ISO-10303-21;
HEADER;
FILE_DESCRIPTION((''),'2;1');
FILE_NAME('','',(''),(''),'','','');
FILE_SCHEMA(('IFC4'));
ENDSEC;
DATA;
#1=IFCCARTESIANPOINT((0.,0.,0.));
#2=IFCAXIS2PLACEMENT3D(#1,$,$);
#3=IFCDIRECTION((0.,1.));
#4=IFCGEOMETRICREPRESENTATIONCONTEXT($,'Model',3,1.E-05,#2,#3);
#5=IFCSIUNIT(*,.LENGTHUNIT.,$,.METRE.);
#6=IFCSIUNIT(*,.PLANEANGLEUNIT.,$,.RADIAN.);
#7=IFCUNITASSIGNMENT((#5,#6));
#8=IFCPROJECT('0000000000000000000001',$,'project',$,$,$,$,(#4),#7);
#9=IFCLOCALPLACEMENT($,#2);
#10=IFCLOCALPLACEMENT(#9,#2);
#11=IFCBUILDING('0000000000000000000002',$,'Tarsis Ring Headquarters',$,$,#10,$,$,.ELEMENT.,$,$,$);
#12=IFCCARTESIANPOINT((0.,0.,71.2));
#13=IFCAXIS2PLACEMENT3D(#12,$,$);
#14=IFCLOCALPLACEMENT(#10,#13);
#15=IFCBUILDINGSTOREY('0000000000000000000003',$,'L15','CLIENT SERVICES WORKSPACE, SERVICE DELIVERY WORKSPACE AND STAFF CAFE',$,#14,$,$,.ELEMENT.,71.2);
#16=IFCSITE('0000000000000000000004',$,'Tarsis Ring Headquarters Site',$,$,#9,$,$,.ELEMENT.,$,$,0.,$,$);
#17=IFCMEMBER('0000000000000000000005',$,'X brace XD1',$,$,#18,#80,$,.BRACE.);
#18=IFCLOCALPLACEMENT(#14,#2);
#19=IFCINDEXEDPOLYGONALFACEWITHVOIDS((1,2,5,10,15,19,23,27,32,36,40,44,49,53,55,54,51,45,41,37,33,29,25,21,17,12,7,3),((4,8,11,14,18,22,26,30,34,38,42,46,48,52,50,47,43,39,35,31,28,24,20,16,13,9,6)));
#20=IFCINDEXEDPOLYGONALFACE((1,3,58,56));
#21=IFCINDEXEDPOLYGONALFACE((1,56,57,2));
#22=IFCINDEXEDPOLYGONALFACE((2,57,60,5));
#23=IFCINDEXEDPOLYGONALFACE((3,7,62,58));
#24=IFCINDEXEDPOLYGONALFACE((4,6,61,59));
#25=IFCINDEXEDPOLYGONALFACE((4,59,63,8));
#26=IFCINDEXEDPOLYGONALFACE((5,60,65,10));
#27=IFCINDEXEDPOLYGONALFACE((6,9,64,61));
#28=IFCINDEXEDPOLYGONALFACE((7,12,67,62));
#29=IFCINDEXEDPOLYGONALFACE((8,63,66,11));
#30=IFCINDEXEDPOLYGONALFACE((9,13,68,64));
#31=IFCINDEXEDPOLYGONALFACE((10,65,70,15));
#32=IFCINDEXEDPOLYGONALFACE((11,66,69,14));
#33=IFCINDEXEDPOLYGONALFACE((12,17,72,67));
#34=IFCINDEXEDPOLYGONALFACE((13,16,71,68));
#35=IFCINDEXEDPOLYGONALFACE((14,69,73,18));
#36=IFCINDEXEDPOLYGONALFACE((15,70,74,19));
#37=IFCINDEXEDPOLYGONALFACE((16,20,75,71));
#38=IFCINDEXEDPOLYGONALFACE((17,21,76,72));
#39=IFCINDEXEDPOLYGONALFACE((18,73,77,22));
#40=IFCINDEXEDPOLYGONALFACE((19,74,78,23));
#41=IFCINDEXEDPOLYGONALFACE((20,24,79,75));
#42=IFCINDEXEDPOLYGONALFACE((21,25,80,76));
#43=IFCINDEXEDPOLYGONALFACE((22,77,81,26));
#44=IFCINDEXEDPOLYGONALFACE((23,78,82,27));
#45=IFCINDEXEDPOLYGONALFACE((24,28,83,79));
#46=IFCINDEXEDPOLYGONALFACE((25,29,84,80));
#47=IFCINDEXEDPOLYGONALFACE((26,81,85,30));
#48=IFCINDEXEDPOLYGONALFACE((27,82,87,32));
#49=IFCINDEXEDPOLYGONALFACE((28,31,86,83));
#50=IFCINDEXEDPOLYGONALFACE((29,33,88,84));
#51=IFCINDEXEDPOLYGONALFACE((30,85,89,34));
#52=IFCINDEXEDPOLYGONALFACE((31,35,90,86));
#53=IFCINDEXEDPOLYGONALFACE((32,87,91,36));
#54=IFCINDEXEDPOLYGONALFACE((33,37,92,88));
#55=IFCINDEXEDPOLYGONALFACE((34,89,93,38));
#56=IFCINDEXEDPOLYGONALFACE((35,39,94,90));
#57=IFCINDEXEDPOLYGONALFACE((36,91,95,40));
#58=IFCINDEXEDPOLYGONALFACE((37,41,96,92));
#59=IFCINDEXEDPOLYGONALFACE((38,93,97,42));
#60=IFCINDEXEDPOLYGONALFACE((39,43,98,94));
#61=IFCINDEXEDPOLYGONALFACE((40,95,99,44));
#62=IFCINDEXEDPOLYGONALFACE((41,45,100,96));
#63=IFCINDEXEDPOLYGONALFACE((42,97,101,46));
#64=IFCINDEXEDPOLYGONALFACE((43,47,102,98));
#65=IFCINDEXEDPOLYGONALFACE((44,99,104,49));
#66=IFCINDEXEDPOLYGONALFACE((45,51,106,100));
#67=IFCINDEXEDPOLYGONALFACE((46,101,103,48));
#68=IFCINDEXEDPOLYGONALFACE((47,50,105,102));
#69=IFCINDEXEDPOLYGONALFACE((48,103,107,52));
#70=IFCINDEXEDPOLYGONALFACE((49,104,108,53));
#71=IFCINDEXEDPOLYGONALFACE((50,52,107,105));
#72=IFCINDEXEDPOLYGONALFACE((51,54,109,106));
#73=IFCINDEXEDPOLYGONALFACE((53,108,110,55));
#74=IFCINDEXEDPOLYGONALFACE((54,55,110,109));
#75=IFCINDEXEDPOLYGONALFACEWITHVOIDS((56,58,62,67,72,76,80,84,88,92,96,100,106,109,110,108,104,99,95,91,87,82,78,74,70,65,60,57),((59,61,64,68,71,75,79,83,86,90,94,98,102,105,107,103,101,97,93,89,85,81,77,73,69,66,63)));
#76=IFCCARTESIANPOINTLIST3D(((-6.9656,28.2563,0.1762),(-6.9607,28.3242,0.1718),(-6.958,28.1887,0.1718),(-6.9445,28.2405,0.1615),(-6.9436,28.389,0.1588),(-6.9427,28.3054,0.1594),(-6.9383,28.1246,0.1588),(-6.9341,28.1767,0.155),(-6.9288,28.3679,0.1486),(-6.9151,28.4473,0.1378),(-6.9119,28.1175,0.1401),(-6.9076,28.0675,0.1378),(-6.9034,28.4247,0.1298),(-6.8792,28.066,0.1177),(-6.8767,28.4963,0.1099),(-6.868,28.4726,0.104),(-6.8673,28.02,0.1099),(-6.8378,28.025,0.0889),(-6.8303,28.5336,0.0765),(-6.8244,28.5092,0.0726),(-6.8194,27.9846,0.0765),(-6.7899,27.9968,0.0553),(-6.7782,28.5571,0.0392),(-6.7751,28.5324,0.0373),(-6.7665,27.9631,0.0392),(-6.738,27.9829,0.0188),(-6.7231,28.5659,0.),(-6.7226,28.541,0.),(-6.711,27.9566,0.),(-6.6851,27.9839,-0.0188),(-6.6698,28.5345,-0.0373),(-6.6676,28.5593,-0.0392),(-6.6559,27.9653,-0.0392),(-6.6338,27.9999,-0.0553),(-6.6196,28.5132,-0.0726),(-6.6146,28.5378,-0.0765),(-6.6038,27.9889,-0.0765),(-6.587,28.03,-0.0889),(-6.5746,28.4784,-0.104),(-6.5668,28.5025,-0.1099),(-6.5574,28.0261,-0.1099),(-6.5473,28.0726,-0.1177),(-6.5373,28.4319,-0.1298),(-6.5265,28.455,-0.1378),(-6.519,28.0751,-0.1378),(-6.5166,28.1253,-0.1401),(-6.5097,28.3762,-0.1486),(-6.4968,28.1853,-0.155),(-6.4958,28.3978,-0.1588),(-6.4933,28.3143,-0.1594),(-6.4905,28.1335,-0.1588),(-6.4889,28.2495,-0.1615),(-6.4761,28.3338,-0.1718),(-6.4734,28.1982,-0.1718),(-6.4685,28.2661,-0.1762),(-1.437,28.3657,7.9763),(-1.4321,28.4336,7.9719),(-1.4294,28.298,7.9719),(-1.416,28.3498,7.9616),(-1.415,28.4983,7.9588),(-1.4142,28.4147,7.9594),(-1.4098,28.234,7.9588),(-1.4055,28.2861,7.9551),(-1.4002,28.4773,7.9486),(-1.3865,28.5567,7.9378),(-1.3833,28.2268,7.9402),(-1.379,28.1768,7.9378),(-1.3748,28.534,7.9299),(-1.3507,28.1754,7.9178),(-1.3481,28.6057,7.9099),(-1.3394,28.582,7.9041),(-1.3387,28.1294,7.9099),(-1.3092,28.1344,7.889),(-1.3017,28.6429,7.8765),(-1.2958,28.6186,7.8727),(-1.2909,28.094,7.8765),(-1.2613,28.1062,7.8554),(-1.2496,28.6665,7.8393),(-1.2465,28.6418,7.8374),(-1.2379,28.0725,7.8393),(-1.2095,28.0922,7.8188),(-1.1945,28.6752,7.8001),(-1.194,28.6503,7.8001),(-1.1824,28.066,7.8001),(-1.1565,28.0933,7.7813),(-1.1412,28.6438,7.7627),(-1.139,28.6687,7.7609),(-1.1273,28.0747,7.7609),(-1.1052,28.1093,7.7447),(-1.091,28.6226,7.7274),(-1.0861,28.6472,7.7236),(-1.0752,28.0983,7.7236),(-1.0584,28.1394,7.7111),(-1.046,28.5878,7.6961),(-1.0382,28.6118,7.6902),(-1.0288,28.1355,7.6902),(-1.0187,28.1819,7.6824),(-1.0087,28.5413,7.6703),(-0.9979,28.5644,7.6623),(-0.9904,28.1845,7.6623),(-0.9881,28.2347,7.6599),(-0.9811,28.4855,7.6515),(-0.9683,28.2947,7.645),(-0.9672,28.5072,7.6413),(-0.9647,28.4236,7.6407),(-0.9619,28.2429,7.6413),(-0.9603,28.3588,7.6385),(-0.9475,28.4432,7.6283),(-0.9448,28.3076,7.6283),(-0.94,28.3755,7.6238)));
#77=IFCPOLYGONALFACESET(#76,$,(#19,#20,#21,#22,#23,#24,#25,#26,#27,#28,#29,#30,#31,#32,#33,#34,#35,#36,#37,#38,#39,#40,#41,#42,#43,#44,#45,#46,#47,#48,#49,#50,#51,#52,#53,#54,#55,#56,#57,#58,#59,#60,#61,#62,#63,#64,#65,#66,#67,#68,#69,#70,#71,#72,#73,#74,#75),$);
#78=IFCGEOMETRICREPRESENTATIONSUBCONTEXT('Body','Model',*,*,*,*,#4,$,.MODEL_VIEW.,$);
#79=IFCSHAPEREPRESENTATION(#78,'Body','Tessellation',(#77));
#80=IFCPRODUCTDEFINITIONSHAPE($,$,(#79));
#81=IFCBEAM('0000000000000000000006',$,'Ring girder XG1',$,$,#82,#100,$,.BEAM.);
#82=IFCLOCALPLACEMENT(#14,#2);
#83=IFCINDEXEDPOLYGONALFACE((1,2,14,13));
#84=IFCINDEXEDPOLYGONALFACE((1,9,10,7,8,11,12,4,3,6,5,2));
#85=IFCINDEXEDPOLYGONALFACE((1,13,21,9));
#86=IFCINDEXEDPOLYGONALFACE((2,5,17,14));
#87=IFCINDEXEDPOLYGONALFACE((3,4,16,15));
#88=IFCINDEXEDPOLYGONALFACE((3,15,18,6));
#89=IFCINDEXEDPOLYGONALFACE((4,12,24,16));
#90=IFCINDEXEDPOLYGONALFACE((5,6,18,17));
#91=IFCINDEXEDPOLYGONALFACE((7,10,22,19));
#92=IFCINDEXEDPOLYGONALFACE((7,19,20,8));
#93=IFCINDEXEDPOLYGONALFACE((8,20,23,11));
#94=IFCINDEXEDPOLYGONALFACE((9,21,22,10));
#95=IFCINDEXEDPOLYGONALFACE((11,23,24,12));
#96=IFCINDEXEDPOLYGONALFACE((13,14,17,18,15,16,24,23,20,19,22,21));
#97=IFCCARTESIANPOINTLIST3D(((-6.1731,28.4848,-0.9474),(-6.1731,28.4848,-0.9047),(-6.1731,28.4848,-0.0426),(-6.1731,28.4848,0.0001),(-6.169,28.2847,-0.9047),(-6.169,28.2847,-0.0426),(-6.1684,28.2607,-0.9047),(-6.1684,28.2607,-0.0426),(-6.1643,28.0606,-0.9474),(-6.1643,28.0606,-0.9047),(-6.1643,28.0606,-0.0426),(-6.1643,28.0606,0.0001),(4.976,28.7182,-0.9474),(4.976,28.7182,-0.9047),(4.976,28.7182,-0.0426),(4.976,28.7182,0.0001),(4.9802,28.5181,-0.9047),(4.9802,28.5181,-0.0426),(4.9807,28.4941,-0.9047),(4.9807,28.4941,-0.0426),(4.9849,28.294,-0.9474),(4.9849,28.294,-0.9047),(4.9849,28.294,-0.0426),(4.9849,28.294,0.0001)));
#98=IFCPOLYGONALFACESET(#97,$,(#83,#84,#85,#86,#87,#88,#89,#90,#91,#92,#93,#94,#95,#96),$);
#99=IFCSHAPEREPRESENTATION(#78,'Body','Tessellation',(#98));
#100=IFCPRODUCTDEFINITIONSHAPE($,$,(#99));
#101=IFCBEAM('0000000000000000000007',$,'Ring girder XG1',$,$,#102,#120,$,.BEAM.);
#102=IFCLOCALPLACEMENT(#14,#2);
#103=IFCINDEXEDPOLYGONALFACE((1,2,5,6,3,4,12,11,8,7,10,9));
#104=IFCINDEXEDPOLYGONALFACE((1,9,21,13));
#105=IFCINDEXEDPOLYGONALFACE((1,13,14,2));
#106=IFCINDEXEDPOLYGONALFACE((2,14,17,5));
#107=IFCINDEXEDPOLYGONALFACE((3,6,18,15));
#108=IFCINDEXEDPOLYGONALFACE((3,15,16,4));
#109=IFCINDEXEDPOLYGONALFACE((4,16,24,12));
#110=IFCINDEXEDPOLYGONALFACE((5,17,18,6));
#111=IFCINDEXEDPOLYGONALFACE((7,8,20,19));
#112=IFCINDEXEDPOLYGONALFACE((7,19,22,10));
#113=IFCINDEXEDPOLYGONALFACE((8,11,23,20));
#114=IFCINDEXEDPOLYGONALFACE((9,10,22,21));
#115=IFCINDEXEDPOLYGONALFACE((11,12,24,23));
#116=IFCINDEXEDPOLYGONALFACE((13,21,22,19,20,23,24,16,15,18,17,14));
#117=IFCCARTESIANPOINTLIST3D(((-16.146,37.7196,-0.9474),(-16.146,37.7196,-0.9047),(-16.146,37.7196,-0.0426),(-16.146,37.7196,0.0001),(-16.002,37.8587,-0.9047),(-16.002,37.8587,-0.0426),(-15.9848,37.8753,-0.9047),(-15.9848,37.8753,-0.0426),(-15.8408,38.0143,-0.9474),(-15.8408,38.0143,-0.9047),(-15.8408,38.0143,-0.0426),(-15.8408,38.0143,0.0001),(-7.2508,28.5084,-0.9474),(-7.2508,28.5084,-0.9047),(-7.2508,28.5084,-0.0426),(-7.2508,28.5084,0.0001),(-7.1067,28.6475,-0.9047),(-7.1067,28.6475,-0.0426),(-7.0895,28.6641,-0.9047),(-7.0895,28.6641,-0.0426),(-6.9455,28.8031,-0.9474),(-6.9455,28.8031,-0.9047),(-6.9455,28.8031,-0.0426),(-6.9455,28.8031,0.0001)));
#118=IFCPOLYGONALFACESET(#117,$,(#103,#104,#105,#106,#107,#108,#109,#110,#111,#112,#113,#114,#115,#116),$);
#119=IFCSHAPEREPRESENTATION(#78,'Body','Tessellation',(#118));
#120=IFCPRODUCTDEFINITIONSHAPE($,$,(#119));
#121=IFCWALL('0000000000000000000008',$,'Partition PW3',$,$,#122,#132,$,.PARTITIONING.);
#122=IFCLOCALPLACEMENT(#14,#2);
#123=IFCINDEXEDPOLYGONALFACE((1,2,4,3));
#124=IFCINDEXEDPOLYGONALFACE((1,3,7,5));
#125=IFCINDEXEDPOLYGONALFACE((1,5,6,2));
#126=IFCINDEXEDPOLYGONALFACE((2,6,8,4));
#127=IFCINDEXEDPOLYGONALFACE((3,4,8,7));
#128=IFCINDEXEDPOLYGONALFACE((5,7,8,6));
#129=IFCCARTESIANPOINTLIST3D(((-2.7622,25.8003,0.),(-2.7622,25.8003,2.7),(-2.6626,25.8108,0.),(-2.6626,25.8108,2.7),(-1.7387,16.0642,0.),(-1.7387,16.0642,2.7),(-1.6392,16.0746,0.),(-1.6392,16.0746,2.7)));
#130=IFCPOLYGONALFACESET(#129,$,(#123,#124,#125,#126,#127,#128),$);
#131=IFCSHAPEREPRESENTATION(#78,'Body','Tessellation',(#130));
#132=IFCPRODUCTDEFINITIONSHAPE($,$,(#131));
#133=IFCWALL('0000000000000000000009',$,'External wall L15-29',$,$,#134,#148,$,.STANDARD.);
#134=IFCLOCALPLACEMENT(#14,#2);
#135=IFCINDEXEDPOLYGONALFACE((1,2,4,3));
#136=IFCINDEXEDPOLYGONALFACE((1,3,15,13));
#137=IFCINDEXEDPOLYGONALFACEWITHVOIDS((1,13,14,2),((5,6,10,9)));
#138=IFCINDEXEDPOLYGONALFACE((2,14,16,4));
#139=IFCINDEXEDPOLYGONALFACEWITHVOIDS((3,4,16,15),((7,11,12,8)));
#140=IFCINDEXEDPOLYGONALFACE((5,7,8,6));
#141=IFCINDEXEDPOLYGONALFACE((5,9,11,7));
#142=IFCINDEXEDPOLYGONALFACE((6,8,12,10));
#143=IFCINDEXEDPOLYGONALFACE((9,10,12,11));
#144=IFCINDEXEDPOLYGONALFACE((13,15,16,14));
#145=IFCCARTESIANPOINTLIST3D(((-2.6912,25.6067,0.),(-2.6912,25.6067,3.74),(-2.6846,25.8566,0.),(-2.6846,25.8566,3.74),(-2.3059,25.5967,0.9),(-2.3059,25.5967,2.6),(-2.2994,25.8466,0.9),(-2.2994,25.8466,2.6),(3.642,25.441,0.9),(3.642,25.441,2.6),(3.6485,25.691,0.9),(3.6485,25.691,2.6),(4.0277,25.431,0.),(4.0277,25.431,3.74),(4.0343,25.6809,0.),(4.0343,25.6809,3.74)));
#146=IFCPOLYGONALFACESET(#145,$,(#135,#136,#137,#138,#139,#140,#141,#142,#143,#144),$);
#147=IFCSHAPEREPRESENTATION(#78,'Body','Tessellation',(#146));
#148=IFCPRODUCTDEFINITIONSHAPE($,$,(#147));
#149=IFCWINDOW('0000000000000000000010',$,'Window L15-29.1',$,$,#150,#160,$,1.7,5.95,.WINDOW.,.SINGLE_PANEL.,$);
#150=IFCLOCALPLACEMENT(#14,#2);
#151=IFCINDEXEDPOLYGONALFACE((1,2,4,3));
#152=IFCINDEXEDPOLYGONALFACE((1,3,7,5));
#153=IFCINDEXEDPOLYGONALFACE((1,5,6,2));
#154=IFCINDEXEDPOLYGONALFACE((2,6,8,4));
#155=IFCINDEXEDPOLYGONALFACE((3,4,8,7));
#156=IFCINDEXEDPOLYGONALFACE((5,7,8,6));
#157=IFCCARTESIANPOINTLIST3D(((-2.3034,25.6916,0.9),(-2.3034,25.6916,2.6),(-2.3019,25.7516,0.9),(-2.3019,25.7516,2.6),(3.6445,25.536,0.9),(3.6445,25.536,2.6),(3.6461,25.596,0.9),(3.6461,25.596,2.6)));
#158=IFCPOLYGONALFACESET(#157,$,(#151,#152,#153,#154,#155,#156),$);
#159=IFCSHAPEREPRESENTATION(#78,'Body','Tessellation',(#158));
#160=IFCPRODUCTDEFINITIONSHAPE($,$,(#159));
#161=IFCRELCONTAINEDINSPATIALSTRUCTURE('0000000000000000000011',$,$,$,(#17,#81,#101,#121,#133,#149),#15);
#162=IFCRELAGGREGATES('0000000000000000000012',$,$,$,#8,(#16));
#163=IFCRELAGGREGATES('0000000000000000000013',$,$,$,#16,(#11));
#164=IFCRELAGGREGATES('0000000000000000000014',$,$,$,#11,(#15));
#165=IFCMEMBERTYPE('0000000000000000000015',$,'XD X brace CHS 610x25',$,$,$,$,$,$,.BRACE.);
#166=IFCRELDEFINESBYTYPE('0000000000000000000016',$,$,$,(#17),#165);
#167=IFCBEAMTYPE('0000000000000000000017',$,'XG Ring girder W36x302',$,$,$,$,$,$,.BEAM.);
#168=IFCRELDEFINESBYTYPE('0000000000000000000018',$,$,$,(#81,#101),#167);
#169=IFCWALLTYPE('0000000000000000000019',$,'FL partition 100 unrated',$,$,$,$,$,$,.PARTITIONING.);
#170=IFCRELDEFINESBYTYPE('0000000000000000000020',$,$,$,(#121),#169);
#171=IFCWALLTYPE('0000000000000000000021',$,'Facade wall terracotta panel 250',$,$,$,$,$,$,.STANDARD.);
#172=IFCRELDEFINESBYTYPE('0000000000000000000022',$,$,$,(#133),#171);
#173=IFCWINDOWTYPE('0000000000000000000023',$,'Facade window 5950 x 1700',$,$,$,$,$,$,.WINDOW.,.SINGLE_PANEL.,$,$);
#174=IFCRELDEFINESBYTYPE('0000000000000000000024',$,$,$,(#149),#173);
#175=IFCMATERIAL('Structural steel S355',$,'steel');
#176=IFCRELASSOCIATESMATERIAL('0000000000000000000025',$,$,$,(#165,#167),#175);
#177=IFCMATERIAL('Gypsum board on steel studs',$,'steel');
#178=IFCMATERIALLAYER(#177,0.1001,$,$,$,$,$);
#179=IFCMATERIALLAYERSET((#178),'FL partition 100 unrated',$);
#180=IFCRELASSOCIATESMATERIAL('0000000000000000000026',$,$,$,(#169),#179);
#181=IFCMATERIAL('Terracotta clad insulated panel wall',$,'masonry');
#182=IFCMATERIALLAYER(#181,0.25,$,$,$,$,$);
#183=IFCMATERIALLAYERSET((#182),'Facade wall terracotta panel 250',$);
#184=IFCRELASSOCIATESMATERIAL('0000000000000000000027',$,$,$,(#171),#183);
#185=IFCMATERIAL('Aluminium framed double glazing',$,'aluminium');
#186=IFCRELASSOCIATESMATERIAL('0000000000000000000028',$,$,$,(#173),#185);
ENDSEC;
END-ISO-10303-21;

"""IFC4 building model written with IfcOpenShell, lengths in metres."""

from ifc_helpers import new_model, si_unit, direction, frame, frame_2d, origin, origin_2d, place, context, subcontext, project, spatial, rectangle, hollow_circle, i_section, extrude, material, layer, layer_set, material_profile, profile_set, type_object, element, fill, save


model = new_model("IFC4")

# Units and contexts
model_context = context("Model", 3, precision=1e-05, world=origin(), true_north=direction((0.0, 1.0)))
body_context = subcontext(model_context, "Body", "Model", "MODEL_VIEW")
ifc_project = project(units=[si_unit("LENGTHUNIT", "METRE"), si_unit("PLANEANGLEUNIT", "RADIAN")], contexts=[model_context])

# Site, building, storey
site_placement = place(None, origin())
site = spatial("IfcSite", under=ifc_project, at=site_placement, Name="Tarsis Ring Headquarters Site", CompositionType="ELEMENT", RefElevation=0.0)
building_placement = place(site_placement, origin())
building = spatial("IfcBuilding", under=site, at=building_placement, Name="Tarsis Ring Headquarters", CompositionType="ELEMENT")
storey_placement = place(building_placement, frame((0.0, 0.0, 71.2)))
storey = spatial("IfcBuildingStorey", under=building, at=storey_placement, Name="L15", Description="CLIENT SERVICES WORKSPACE, SERVICE DELIVERY WORKSPACE AND STAFF CAFE", CompositionType="ELEMENT", Elevation=71.2)

# Shared definitions
ifc_material_1 = material(Name="Structural steel S355", Category="steel")
ifc_material_profile_1 = material_profile(ifc_material_1, i_section(OverallWidth=0.4243, OverallDepth=0.9475, WebThickness=0.0239, FlangeThickness=0.0427, at=origin_2d()), Name="W36x302")
ifc_profile_set_1 = profile_set([ifc_material_profile_1], Name="Structural steel S355")

# Member
ifc_material_profile_2 = material_profile(ifc_material_1, hollow_circle(Radius=0.3047, WallThickness=0.0249, at=origin_2d()), Name="CHS 610x25")
ifc_profile_set_2 = profile_set([ifc_material_profile_2], Name="Structural steel S355")
member_type = type_object("IfcMemberType", Name="XD X brace CHS 610x25", PredefinedType="BRACE", material=ifc_profile_set_2)
member_1_placement = place(storey_placement, frame((-6.717, 28.2612, 0.0), z_axis=(0.578225, 0.011439, 0.815797), x_axis=(-0.01978, 0.999804, 0.0)))
element("IfcMember", 1, at=member_1_placement, inside=storey, type_object=member_type, Name="X brace XD1", PredefinedType="BRACE", context=body_context, shape_type="SweptSolid", body=[
    extrude(hollow_circle(Radius=0.3047, WallThickness=0.0249, at=origin_2d()), origin(), (0.0, 0.0, 1.0), 9.5613),
])

# Beams
beam_type_1 = type_object("IfcBeamType", Name="XG Ring girder W36x302", PredefinedType="BEAM", material=ifc_profile_set_1)
beam_1_placement = place(storey_placement, frame((4.9805, 28.5061, -0.4736), z_axis=(-0.999781, -0.02093, 0.0), x_axis=(0.02093, -0.999781, 0.0)))
element("IfcBeam", 2, at=beam_1_placement, inside=storey, type_object=beam_type_1, Name="Ring girder XG1", PredefinedType="BEAM", context=body_context, shape_type="SweptSolid", body=[
    extrude(i_section(OverallWidth=0.4243, OverallDepth=0.9475, WebThickness=0.0239, FlangeThickness=0.0427, at=origin_2d()), origin(), (0.0, 0.0, 1.0), 11.1516),
])
beam_2_placement = place(storey_placement, frame((-7.0981, 28.6558, -0.4736), z_axis=(-0.694664, 0.719335, 0.0), x_axis=(-0.719335, -0.694664, 0.0)))
element("IfcBeam", 3, at=beam_2_placement, inside=storey, type_object=beam_type_1, Name="Ring girder XG1", PredefinedType="BEAM", context=body_context, shape_type="SweptSolid", body=[
    extrude(i_section(OverallWidth=0.4243, OverallDepth=0.9475, WebThickness=0.0239, FlangeThickness=0.0427, at=origin_2d()), origin(), (0.0, 0.0, 1.0), 12.8052),
])

# Wall
ifc_material_2 = material(Name="Gypsum board on steel studs", Category="steel")
ifc_layer_1 = layer(ifc_material_2, 0.1001)
ifc_layer_set_1 = layer_set([ifc_layer_1], Name="FL partition 100 unrated")
wall_type_1 = type_object("IfcWallType", Name="FL partition 100 unrated", PredefinedType="PARTITIONING", material=ifc_layer_set_1)
wall_1_placement = place(storey_placement, frame((-2.7124, 25.8057, 0.0), z_axis=(0.0, 0.0, 1.0), x_axis=(0.104542, -0.99452, 0.0)))
element("IfcWall", 4, at=wall_1_placement, inside=storey, type_object=wall_type_1, Name="Partition PW3", PredefinedType="PARTITIONING", context=body_context, shape_type="SweptSolid", body=[
    extrude(rectangle(XDim=9.7898, YDim=0.1001, at=frame_2d((4.895, 0.0))), origin(), (0.0, 0.0, 1.0), 2.7),
])

# Wall, opening, window
ifc_material_3 = material(Name="Terracotta clad insulated panel wall", Category="masonry")
ifc_layer_2 = layer(ifc_material_3, 0.25)
ifc_layer_set_2 = layer_set([ifc_layer_2], Name="Facade wall terracotta panel 250")
wall_type_2 = type_object("IfcWallType", Name="Facade wall terracotta panel 250", PredefinedType="STANDARD", material=ifc_layer_set_2)
wall_2_placement = place(storey_placement, frame((4.031, 25.5559, 0.0), z_axis=(0.0, 0.0, 1.0), x_axis=(-0.999658, 0.026153, 0.0)))
wall_2 = element("IfcWall", 5, at=wall_2_placement, inside=storey, type_object=wall_type_2, Name="External wall L15-29", PredefinedType="STANDARD", context=body_context, shape_type="SweptSolid", body=[
    extrude(rectangle(XDim=6.7212, YDim=0.25, at=frame_2d((3.3606, 0.0))), origin(), (0.0, 0.0, 1.0), 3.74),
])
opening_1_placement = place(wall_2_placement, frame((0.3857, 0.0, 0.8999)))
opening_1 = element("IfcOpeningElement", 6, at=opening_1_placement, cuts=wall_2, PredefinedType="OPENING", context=body_context, shape_type="SweptSolid", body=[
    extrude(rectangle(XDim=5.95, YDim=1.7, at=frame_2d((2.9751, 0.8501))), frame((0.0, 0.135, 0.0), z_axis=(0.0, -1.0, 0.0), x_axis=(1.0, 0.0, 0.0)), (0.0, 0.0, 1.0), 0.27),
])
ifc_material_4 = material(Name="Aluminium framed double glazing", Category="aluminium")
window_type_1 = type_object("IfcWindowType", Name="Facade window 5950 x 1700", PartitioningType="SINGLE_PANEL", PredefinedType="WINDOW", material=ifc_material_4)
window_1_placement = place(opening_1_placement, origin())
window_1 = element("IfcWindow", 7, at=window_1_placement, inside=storey, type_object=window_type_1, Name="Window L15-29.1", OverallHeight=1.7, OverallWidth=5.95, PartitioningType="SINGLE_PANEL", PredefinedType="WINDOW", context=body_context, shape_type="SweptSolid", body=[
    extrude(rectangle(XDim=5.95, YDim=1.7, at=frame_2d((2.9751, 0.8501))), frame((0.0, 0.03, 0.0), z_axis=(0.0, -1.0, 0.0), x_axis=(1.0, 0.0, 0.0)), (0.0, 0.0, 1.0), 0.0601),
])
fill(opening_1, window_1)

save(model, "model.ifc")
